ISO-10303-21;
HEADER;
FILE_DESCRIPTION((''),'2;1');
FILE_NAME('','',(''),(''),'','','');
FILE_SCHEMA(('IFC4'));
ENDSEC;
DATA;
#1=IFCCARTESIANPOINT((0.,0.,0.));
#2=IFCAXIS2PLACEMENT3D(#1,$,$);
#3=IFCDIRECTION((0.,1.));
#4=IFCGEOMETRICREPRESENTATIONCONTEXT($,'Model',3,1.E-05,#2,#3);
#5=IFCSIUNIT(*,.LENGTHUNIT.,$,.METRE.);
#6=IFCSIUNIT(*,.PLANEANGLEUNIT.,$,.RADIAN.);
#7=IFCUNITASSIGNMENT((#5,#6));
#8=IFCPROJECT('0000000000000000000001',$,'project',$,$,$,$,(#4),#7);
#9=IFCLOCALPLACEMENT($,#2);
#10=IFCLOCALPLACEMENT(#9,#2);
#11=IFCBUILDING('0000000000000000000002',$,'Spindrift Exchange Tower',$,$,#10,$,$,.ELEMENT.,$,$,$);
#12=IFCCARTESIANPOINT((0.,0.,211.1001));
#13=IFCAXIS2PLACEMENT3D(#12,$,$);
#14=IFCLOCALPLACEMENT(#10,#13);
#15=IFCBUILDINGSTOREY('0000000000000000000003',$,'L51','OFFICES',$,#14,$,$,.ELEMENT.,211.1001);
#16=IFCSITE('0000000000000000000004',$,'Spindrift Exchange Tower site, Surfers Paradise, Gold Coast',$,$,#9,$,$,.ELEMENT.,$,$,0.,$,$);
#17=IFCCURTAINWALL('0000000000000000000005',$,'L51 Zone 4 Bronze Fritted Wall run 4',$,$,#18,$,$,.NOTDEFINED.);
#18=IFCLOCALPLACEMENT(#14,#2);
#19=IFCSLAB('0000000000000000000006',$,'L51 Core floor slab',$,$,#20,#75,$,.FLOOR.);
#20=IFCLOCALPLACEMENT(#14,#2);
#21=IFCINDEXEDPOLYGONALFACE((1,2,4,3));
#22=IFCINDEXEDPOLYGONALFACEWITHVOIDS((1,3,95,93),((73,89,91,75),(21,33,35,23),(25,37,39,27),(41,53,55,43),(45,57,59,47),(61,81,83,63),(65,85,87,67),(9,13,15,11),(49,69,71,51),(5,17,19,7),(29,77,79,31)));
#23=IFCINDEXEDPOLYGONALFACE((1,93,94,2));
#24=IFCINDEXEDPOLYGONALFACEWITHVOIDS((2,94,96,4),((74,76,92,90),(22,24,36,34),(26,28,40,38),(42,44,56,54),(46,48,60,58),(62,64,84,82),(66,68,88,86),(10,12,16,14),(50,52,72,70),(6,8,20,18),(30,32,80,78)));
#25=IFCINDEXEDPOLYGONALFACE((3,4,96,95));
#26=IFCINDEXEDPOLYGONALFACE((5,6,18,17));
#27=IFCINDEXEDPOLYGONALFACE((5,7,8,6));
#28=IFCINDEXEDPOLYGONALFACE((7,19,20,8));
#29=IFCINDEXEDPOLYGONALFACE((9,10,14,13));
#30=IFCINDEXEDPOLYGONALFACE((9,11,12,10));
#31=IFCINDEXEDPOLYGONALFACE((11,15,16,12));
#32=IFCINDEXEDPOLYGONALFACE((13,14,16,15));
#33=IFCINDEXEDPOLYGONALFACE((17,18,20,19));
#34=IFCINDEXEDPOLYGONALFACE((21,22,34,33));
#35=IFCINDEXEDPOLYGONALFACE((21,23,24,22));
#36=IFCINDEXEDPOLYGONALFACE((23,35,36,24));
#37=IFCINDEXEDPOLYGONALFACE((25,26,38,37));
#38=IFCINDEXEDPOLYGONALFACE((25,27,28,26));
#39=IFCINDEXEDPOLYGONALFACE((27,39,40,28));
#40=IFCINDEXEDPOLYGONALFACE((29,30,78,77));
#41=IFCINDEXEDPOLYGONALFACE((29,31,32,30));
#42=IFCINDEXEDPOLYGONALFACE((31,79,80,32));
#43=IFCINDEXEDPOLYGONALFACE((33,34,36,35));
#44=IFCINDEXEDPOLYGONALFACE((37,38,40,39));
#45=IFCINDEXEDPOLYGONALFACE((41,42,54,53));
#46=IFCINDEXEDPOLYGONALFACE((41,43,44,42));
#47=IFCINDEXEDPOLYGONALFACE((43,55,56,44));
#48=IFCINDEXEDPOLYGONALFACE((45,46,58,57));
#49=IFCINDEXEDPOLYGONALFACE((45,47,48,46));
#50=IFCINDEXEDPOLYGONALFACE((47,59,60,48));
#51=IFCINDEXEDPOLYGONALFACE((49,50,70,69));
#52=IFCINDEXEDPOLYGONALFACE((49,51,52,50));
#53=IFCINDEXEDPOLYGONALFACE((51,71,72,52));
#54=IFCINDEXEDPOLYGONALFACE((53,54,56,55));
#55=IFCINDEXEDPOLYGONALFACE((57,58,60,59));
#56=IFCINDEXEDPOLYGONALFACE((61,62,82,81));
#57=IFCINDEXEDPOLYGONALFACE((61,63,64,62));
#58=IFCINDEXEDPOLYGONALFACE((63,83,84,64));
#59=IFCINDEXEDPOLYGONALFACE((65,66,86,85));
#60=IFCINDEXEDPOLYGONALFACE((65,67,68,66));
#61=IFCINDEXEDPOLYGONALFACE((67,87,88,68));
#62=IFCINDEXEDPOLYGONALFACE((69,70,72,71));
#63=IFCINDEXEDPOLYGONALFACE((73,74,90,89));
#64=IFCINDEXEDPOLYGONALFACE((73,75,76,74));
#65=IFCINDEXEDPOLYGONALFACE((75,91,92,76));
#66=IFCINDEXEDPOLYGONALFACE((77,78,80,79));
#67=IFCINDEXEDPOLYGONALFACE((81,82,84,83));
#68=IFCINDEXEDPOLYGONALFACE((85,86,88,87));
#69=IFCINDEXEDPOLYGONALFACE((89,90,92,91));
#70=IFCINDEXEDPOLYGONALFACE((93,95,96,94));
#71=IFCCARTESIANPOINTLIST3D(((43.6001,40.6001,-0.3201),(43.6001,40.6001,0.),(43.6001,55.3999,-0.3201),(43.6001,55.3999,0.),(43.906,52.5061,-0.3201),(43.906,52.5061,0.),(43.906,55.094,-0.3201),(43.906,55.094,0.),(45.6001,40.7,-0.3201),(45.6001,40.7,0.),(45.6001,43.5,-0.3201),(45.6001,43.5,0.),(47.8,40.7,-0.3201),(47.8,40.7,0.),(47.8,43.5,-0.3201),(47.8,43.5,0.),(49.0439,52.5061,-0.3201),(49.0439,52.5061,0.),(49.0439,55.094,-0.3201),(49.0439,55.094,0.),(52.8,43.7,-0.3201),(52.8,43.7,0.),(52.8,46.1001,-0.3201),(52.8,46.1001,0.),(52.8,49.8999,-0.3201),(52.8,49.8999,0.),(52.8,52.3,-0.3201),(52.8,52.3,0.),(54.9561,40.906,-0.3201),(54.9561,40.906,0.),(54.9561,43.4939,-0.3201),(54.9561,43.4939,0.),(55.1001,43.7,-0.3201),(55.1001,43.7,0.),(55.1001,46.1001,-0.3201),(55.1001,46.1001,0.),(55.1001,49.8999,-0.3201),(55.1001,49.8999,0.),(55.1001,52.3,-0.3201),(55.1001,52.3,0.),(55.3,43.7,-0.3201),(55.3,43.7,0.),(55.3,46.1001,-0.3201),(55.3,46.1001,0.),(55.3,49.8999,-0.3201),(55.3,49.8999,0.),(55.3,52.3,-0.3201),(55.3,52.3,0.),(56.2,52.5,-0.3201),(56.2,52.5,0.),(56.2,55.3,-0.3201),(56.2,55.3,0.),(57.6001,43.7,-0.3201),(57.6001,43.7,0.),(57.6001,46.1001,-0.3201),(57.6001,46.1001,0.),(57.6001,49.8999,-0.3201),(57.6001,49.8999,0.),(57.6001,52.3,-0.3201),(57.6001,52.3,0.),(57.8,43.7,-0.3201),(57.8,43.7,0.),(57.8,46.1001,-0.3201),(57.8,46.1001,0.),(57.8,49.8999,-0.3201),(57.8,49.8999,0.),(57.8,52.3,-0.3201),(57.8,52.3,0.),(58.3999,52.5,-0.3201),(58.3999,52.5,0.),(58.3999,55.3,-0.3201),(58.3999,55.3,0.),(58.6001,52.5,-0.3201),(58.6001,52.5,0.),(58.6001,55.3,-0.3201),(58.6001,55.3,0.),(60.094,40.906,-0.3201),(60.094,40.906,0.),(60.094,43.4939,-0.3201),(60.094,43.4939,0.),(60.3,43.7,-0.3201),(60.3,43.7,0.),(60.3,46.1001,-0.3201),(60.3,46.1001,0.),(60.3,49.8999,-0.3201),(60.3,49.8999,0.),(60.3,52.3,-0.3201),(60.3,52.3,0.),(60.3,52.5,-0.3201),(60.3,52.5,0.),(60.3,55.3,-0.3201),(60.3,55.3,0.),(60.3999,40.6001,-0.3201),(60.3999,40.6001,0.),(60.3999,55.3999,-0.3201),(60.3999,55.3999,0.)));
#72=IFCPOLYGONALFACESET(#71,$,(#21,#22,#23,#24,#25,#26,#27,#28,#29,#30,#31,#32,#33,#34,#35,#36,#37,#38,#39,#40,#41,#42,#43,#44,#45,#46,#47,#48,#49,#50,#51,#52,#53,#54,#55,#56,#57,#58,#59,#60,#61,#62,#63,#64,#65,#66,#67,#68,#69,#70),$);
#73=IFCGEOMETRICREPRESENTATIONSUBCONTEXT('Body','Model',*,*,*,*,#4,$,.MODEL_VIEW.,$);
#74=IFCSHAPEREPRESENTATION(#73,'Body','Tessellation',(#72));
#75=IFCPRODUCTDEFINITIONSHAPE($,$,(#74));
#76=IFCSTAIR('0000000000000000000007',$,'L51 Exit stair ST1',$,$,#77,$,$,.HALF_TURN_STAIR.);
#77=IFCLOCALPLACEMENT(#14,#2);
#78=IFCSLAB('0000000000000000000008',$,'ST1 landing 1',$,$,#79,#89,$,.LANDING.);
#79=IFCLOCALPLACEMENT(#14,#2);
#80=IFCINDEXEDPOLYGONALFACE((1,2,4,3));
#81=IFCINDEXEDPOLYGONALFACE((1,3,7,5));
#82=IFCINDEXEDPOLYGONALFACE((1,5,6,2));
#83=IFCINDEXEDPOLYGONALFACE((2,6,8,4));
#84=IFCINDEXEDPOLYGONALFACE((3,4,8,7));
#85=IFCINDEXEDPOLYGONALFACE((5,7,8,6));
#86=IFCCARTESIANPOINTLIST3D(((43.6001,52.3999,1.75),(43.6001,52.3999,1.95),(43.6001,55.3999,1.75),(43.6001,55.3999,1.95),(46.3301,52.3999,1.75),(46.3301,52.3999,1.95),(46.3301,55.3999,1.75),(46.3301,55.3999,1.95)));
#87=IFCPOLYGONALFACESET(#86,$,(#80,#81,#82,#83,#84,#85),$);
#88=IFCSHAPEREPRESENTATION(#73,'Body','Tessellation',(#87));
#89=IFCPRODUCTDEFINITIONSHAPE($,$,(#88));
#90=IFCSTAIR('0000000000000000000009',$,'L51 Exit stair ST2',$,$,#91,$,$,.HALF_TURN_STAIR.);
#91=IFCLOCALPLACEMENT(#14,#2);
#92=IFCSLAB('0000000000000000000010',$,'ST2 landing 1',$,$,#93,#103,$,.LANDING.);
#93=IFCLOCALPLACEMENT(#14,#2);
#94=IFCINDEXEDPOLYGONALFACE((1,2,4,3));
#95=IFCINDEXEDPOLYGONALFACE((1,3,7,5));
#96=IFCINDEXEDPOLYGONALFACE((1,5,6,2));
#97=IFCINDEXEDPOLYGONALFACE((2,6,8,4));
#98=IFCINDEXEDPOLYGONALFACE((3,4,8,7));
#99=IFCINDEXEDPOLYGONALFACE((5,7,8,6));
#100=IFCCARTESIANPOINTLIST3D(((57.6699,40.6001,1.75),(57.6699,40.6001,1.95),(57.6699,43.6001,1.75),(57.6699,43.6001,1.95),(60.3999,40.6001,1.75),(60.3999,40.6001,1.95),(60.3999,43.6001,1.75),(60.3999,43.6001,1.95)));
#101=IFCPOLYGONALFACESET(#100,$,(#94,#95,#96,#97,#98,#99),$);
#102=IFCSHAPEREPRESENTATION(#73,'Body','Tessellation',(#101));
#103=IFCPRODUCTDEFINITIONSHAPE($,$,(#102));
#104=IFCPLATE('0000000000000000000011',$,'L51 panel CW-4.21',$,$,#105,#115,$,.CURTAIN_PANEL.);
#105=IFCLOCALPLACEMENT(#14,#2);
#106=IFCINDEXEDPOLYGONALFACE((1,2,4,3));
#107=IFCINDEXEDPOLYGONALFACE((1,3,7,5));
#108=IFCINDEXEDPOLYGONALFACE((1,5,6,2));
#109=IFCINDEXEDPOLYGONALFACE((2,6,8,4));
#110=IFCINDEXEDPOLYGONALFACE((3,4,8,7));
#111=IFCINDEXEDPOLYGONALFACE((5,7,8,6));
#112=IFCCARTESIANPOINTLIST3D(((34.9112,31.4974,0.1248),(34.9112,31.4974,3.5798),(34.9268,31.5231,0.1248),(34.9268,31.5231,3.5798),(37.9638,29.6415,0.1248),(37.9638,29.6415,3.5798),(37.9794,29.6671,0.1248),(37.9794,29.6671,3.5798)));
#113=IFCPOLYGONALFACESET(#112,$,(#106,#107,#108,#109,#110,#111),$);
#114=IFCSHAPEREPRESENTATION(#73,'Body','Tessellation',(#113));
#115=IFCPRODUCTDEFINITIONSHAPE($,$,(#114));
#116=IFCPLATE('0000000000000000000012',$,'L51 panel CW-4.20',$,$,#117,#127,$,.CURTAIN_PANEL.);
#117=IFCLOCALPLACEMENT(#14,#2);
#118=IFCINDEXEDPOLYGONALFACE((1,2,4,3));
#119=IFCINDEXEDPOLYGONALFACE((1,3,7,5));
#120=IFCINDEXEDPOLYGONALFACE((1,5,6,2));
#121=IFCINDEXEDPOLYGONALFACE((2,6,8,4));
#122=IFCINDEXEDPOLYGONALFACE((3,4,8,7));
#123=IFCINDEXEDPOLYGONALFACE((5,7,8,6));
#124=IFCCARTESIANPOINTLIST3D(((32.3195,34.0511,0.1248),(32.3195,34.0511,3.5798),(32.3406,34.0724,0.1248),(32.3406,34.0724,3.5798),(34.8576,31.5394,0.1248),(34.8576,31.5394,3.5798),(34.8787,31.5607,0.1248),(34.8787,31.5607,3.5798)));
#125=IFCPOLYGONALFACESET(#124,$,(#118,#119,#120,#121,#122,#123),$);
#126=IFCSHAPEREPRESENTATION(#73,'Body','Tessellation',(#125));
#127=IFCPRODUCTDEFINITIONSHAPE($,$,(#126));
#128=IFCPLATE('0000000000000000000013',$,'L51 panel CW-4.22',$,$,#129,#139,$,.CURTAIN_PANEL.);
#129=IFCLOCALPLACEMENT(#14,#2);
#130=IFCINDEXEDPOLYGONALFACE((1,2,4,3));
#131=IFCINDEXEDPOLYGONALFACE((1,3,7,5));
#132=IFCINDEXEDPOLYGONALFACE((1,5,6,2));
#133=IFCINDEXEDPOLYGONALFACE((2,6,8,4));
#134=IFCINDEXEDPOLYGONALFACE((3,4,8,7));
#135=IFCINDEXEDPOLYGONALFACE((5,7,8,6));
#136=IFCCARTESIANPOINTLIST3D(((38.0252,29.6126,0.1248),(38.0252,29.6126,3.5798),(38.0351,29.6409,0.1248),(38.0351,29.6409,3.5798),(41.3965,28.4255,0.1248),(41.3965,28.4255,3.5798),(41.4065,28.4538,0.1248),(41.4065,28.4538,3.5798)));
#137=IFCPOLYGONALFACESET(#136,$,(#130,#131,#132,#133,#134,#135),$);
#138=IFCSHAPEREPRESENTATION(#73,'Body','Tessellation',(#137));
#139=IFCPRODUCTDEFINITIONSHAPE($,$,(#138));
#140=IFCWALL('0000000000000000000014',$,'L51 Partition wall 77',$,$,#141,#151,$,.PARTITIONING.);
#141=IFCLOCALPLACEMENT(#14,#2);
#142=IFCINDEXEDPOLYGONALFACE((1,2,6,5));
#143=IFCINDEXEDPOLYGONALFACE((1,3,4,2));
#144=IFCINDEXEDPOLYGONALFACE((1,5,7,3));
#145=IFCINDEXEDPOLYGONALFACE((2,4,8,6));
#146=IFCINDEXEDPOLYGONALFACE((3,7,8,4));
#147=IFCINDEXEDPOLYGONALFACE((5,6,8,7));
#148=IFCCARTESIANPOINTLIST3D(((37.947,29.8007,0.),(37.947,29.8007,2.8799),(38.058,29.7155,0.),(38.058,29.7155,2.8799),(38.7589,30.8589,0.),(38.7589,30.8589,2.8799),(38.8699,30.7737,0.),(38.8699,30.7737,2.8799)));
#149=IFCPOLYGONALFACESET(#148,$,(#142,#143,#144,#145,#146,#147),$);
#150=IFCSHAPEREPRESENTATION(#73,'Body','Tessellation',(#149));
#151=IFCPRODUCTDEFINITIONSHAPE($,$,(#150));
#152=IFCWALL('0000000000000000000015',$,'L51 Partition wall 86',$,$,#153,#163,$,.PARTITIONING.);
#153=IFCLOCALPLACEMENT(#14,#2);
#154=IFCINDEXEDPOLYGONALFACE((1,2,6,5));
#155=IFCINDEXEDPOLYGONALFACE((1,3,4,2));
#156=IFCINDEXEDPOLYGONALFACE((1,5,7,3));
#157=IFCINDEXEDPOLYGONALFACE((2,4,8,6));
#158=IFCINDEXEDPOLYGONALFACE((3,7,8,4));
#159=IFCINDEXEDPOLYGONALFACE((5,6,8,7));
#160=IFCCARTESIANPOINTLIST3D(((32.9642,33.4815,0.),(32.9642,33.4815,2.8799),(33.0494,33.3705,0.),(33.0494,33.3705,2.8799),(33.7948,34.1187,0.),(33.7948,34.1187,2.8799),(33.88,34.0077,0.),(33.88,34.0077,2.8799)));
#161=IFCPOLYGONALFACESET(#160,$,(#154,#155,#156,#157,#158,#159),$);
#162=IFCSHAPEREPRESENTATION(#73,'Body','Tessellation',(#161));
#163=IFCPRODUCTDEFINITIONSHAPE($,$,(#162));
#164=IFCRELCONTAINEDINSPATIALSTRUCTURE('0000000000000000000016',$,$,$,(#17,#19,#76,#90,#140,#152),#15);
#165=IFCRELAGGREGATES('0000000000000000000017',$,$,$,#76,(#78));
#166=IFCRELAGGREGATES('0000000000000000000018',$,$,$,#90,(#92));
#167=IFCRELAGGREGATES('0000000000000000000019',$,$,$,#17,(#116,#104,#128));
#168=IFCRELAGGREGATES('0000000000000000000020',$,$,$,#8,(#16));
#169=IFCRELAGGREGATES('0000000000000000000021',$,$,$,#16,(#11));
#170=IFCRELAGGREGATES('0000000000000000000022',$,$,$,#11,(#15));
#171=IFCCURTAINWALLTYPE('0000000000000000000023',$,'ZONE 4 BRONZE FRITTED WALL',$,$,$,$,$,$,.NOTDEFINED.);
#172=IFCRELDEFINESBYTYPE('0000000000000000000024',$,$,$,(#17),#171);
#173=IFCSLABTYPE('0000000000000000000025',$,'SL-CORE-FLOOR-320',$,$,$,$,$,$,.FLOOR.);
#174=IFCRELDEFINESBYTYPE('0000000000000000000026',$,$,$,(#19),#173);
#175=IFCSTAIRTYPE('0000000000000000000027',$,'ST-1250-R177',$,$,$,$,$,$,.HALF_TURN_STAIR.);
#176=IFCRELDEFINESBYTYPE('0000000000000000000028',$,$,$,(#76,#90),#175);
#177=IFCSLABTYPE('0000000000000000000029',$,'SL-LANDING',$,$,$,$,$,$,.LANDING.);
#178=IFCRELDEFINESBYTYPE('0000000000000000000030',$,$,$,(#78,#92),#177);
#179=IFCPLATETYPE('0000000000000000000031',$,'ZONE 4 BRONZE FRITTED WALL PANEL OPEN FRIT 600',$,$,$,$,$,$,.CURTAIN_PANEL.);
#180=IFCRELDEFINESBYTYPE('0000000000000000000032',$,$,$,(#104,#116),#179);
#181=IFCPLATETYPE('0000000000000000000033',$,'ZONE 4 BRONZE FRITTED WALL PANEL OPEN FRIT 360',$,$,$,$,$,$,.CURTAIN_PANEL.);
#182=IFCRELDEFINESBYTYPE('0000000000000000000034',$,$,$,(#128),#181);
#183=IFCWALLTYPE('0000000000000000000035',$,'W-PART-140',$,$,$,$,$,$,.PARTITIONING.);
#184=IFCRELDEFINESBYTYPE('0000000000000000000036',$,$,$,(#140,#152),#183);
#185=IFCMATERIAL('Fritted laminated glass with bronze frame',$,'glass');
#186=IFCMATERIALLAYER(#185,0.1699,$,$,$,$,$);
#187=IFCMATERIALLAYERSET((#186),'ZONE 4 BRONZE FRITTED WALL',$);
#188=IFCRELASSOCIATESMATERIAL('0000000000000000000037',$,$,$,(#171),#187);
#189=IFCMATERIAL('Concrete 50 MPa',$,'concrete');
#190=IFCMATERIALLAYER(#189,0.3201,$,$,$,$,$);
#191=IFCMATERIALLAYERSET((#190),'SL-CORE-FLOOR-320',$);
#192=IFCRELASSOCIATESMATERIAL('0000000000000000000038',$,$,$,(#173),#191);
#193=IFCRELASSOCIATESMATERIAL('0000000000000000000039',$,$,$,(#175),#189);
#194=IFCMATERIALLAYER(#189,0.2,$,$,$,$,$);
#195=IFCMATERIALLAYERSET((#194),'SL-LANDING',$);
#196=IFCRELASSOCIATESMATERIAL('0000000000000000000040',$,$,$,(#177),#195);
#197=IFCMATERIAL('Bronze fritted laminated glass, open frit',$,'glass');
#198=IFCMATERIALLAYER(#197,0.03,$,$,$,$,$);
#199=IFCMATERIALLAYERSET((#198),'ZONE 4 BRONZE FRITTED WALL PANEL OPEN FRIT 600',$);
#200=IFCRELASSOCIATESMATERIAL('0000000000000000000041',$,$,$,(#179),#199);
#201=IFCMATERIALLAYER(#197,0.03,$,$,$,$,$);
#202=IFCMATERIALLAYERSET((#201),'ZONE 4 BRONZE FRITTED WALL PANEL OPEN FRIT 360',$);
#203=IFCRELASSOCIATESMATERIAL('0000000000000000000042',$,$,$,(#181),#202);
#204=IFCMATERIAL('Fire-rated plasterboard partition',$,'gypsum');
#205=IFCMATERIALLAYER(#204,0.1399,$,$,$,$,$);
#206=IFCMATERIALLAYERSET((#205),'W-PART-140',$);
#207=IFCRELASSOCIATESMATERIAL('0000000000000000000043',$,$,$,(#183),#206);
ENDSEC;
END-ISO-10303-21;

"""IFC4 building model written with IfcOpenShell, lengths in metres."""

from ifc_helpers import new_model, si_unit, direction, frame, frame_2d, origin, origin_2d, place, context, subcontext, project, spatial, line, indexed_curve, rectangle, outline, extrude, source, transform, mapped, material, layer, layer_set, type_object, element, aggregate, save


model = new_model("IFC4")

# Units and contexts
model_context = context("Model", 3, precision=1e-05, world=origin(), true_north=direction((0.0, 1.0)))
body_context = subcontext(model_context, "Body", "Model", "MODEL_VIEW")
ifc_project = project(units=[si_unit("LENGTHUNIT", "METRE"), si_unit("PLANEANGLEUNIT", "RADIAN")], contexts=[model_context])

# Site, building, storey
site_placement = place(None, origin())
site = spatial("IfcSite", under=ifc_project, at=site_placement, Name="Spindrift Exchange Tower site, Surfers Paradise, Gold Coast", CompositionType="ELEMENT", RefElevation=0.0)
building_placement = place(site_placement, origin())
building = spatial("IfcBuilding", under=site, at=building_placement, Name="Spindrift Exchange Tower", CompositionType="ELEMENT")
storey_placement = place(building_placement, frame((0.0, 0.0, 211.1001)))
storey = spatial("IfcBuildingStorey", under=building, at=storey_placement, Name="L51", Description="OFFICES", CompositionType="ELEMENT", Elevation=211.1001)

# Shared definitions
ifc_material_1 = material(Name="Concrete 50 MPa", Category="concrete")

# Curtain wall
ifc_material_2 = material(Name="Fritted laminated glass with bronze frame", Category="glass")
ifc_layer_1 = layer(ifc_material_2, 0.1699)
ifc_layer_set_1 = layer_set([ifc_layer_1], Name="ZONE 4 BRONZE FRITTED WALL")
curtain_wall_type = type_object("IfcCurtainWallType", Name="ZONE 4 BRONZE FRITTED WALL", PredefinedType="NOTDEFINED", material=ifc_layer_set_1)
curtain_wall_placement = place(storey_placement, origin())
curtain_wall = element("IfcCurtainWall", 1, at=curtain_wall_placement, inside=storey, type_object=curtain_wall_type, Name="L51 Zone 4 Bronze Fritted Wall run 4", PredefinedType="NOTDEFINED")

# Slab
ifc_layer_2 = layer(ifc_material_1, 0.3201)
ifc_layer_set_2 = layer_set([ifc_layer_2], Name="SL-CORE-FLOOR-320")
slab_type_1 = type_object("IfcSlabType", Name="SL-CORE-FLOOR-320", PredefinedType="FLOOR", material=ifc_layer_set_2)
slab_1_placement = place(storey_placement, frame((0.0, 0.0, -0.3201)))
element("IfcSlab", 2, at=slab_1_placement, inside=storey, type_object=slab_type_1, Name="L51 Core floor slab", PredefinedType="FLOOR", context=body_context, shape_type="SweptSolid", body=[
    extrude(outline(indexed_curve([(43.6001, 40.6001), (43.6001, 55.3999), (60.3999, 55.3999), (60.3999, 40.6001)], segments=[line(1, 2, 3, 4, 1)], self_intersect=False), holes=[indexed_curve([(45.6001, 43.5), (45.6001, 40.7), (47.8, 40.7), (47.8, 43.5)], segments=[line(1, 2, 3, 4, 1)], self_intersect=False), indexed_curve([(52.8, 46.1001), (52.8, 43.7), (55.1001, 43.7), (55.1001, 46.1001)], segments=[line(1, 2, 3, 4, 1)], self_intersect=False), indexed_curve([(55.3, 46.1001), (55.3, 43.7), (57.6001, 43.7), (57.6001, 46.1001)], segments=[line(1, 2, 3, 4, 1)], self_intersect=False), indexed_curve([(55.1001, 52.3), (52.8, 52.3), (52.8, 49.8999), (55.1001, 49.8999)], segments=[line(1, 2, 3, 4, 1)], self_intersect=False), indexed_curve([(57.6001, 52.3), (55.3, 52.3), (55.3, 49.8999), (57.6001, 49.8999)], segments=[line(1, 2, 3, 4, 1)], self_intersect=False), indexed_curve([(43.906, 52.5061), (49.0439, 52.5061), (49.0439, 55.094), (43.906, 55.094)], segments=[line(1, 2, 3, 4, 1)], self_intersect=False), indexed_curve([(60.094, 40.906), (60.094, 43.4939), (54.9561, 43.4939), (54.9561, 40.906)], segments=[line(1, 2, 3, 4, 1)], self_intersect=False), indexed_curve([(60.3, 46.1001), (57.8, 46.1001), (57.8, 43.7), (60.3, 43.7)], segments=[line(1, 2, 3, 4, 1)], self_intersect=False), indexed_curve([(57.8, 52.3), (57.8, 49.8999), (60.3, 49.8999), (60.3, 52.3)], segments=[line(1, 2, 3, 4, 1)], self_intersect=False), indexed_curve([(58.3999, 55.3), (56.2, 55.3), (56.2, 52.5), (58.3999, 52.5)], segments=[line(1, 2, 3, 4, 1)], self_intersect=False), indexed_curve([(60.3, 55.3), (58.6001, 55.3), (58.6001, 52.5), (60.3, 52.5)], segments=[line(1, 2, 3, 4, 1)], self_intersect=False)]), origin(), (0.0, 0.0, 1.0), 0.3201),
])

# Stairs, slabs
stair_type = type_object("IfcStairType", Name="ST-1250-R177", PredefinedType="HALF_TURN_STAIR", material=ifc_material_1)
stair_1_placement = place(storey_placement, origin())
stair_1 = element("IfcStair", 3, at=stair_1_placement, inside=storey, type_object=stair_type, Name="L51 Exit stair ST1", PredefinedType="HALF_TURN_STAIR")
ifc_layer_3 = layer(ifc_material_1, 0.2)
ifc_layer_set_3 = layer_set([ifc_layer_3], Name="SL-LANDING")
slab_type_2 = type_object("IfcSlabType", Name="SL-LANDING", PredefinedType="LANDING", material=ifc_layer_set_3)
slab_2_placement = place(storey_placement, frame((0.0, 0.0, 1.75)))
slab_2 = element("IfcSlab", 4, at=slab_2_placement, type_object=slab_type_2, Name="ST1 landing 1", PredefinedType="LANDING", context=body_context, shape_type="SweptSolid", body=[
    extrude(outline(indexed_curve([(46.3301, 52.3999), (43.6001, 52.3999), (43.6001, 55.3999), (46.3301, 55.3999)], segments=[line(1, 2, 3, 4, 1)], self_intersect=False)), origin(), (0.0, 0.0, 1.0), 0.2),
])
aggregate(stair_1, [slab_2])
stair_2_placement = place(storey_placement, origin())
stair_2 = element("IfcStair", 5, at=stair_2_placement, inside=storey, type_object=stair_type, Name="L51 Exit stair ST2", PredefinedType="HALF_TURN_STAIR")
slab_3_placement = place(storey_placement, frame((0.0, 0.0, 1.75)))
slab_3 = element("IfcSlab", 6, at=slab_3_placement, type_object=slab_type_2, Name="ST2 landing 1", PredefinedType="LANDING", context=body_context, shape_type="SweptSolid", body=[
    extrude(outline(indexed_curve([(57.6699, 43.6001), (60.3999, 43.6001), (60.3999, 40.6001), (57.6699, 40.6001)], segments=[line(1, 2, 3, 4, 1)], self_intersect=False)), origin(), (0.0, 0.0, 1.0), 0.2),
])
aggregate(stair_2, [slab_3])

# Plates
ifc_material_3 = material(Name="Bronze fritted laminated glass, open frit", Category="glass")
ifc_layer_4 = layer(ifc_material_3, 0.03)
ifc_layer_set_4 = layer_set([ifc_layer_4], Name="ZONE 4 BRONZE FRITTED WALL PANEL OPEN FRIT 600")
plate_type_1 = type_object("IfcPlateType", Name="ZONE 4 BRONZE FRITTED WALL PANEL OPEN FRIT 600", PredefinedType="CURTAIN_PANEL", material=ifc_layer_set_4)
shared_shape_1 = source(origin(), body_context, "Body", "SweptSolid", [
    extrude(rectangle(XDim=3.5725, YDim=0.03, at=origin_2d()), origin(), (0.0, 0.0, 1.0), 3.4551),
])
plate_1_placement = place(storey_placement, frame((36.4453, 30.5823, 0.1248), z_axis=(0.0, 0.0, 1.0), x_axis=(0.854465, -0.519509, 0.0)))
plate_1 = element("IfcPlate", 7, at=plate_1_placement, type_object=plate_type_1, Name="L51 panel CW-4.21", PredefinedType="CURTAIN_PANEL", context=body_context, shape_type="MappedRepresentation", body=[
    mapped(shared_shape_1, transform((0.0, 0.0, 0.0), scale=1.0)),
])
shared_shape_2 = source(origin(), body_context, "Body", "SweptSolid", [
    extrude(rectangle(XDim=3.5708, YDim=0.03, at=origin_2d()), origin(), (0.0, 0.0, 1.0), 3.4551),
])
plate_2_placement = place(storey_placement, frame((33.5991, 32.8059, 0.1248), z_axis=(0.0, 0.0, 1.0), x_axis=(0.710797, -0.703397, 0.0)))
plate_2 = element("IfcPlate", 8, at=plate_2_placement, type_object=plate_type_1, Name="L51 panel CW-4.20", PredefinedType="CURTAIN_PANEL", context=body_context, shape_type="MappedRepresentation", body=[
    mapped(shared_shape_2, transform((0.0, 0.0, 0.0), scale=1.0)),
])
ifc_layer_5 = layer(ifc_material_3, 0.03)
ifc_layer_set_5 = layer_set([ifc_layer_5], Name="ZONE 4 BRONZE FRITTED WALL PANEL OPEN FRIT 360")
plate_type_2 = type_object("IfcPlateType", Name="ZONE 4 BRONZE FRITTED WALL PANEL OPEN FRIT 360", PredefinedType="CURTAIN_PANEL", material=ifc_layer_set_5)
shared_shape_3 = source(origin(), body_context, "Body", "SweptSolid", [
    extrude(rectangle(XDim=3.5742, YDim=0.03, at=origin_2d()), origin(), (0.0, 0.0, 1.0), 3.4551),
])
plate_3_placement = place(storey_placement, frame((39.7158, 29.0332, 0.1248), z_axis=(0.0, 0.0, 1.0), x_axis=(0.943241, -0.33211, 0.0)))
plate_3 = element("IfcPlate", 9, at=plate_3_placement, type_object=plate_type_2, Name="L51 panel CW-4.22", PredefinedType="CURTAIN_PANEL", context=body_context, shape_type="MappedRepresentation", body=[
    mapped(shared_shape_3, transform((0.0, 0.0, 0.0), scale=1.0)),
])
aggregate(curtain_wall, [plate_2, plate_1, plate_3])

# Walls
ifc_material_4 = material(Name="Fire-rated plasterboard partition", Category="gypsum")
ifc_layer_6 = layer(ifc_material_4, 0.1399)
ifc_layer_set_6 = layer_set([ifc_layer_6], Name="W-PART-140")
wall_type = type_object("IfcWallType", Name="W-PART-140", PredefinedType="PARTITIONING", material=ifc_layer_set_6)
wall_1_placement = place(storey_placement, frame((38.8145, 30.8164, 0.0), z_axis=(0.0, 0.0, 1.0), x_axis=(-0.608693, -0.793406, 0.0)))
element("IfcWall", 10, at=wall_1_placement, inside=storey, type_object=wall_type, Name="L51 Partition wall 77", PredefinedType="PARTITIONING", context=body_context, shape_type="SweptSolid", body=[
    extrude(rectangle(XDim=1.3337, YDim=0.1399, at=frame_2d((0.667, 0.0))), origin(), (0.0, 0.0, 1.0), 2.8799),
])
wall_2_placement = place(storey_placement, frame((33.8374, 34.0632, 0.0), z_axis=(0.0, 0.0, 1.0), x_axis=(-0.793404, -0.608696, 0.0)))
element("IfcWall", 11, at=wall_2_placement, inside=storey, type_object=wall_type, Name="L51 Partition wall 86", PredefinedType="PARTITIONING", context=body_context, shape_type="SweptSolid", body=[
    extrude(rectangle(XDim=1.0469, YDim=0.1399, at=frame_2d((0.5234, 0.0))), origin(), (0.0, 0.0, 1.0), 2.8799),
])

save(model, "model.ifc")
